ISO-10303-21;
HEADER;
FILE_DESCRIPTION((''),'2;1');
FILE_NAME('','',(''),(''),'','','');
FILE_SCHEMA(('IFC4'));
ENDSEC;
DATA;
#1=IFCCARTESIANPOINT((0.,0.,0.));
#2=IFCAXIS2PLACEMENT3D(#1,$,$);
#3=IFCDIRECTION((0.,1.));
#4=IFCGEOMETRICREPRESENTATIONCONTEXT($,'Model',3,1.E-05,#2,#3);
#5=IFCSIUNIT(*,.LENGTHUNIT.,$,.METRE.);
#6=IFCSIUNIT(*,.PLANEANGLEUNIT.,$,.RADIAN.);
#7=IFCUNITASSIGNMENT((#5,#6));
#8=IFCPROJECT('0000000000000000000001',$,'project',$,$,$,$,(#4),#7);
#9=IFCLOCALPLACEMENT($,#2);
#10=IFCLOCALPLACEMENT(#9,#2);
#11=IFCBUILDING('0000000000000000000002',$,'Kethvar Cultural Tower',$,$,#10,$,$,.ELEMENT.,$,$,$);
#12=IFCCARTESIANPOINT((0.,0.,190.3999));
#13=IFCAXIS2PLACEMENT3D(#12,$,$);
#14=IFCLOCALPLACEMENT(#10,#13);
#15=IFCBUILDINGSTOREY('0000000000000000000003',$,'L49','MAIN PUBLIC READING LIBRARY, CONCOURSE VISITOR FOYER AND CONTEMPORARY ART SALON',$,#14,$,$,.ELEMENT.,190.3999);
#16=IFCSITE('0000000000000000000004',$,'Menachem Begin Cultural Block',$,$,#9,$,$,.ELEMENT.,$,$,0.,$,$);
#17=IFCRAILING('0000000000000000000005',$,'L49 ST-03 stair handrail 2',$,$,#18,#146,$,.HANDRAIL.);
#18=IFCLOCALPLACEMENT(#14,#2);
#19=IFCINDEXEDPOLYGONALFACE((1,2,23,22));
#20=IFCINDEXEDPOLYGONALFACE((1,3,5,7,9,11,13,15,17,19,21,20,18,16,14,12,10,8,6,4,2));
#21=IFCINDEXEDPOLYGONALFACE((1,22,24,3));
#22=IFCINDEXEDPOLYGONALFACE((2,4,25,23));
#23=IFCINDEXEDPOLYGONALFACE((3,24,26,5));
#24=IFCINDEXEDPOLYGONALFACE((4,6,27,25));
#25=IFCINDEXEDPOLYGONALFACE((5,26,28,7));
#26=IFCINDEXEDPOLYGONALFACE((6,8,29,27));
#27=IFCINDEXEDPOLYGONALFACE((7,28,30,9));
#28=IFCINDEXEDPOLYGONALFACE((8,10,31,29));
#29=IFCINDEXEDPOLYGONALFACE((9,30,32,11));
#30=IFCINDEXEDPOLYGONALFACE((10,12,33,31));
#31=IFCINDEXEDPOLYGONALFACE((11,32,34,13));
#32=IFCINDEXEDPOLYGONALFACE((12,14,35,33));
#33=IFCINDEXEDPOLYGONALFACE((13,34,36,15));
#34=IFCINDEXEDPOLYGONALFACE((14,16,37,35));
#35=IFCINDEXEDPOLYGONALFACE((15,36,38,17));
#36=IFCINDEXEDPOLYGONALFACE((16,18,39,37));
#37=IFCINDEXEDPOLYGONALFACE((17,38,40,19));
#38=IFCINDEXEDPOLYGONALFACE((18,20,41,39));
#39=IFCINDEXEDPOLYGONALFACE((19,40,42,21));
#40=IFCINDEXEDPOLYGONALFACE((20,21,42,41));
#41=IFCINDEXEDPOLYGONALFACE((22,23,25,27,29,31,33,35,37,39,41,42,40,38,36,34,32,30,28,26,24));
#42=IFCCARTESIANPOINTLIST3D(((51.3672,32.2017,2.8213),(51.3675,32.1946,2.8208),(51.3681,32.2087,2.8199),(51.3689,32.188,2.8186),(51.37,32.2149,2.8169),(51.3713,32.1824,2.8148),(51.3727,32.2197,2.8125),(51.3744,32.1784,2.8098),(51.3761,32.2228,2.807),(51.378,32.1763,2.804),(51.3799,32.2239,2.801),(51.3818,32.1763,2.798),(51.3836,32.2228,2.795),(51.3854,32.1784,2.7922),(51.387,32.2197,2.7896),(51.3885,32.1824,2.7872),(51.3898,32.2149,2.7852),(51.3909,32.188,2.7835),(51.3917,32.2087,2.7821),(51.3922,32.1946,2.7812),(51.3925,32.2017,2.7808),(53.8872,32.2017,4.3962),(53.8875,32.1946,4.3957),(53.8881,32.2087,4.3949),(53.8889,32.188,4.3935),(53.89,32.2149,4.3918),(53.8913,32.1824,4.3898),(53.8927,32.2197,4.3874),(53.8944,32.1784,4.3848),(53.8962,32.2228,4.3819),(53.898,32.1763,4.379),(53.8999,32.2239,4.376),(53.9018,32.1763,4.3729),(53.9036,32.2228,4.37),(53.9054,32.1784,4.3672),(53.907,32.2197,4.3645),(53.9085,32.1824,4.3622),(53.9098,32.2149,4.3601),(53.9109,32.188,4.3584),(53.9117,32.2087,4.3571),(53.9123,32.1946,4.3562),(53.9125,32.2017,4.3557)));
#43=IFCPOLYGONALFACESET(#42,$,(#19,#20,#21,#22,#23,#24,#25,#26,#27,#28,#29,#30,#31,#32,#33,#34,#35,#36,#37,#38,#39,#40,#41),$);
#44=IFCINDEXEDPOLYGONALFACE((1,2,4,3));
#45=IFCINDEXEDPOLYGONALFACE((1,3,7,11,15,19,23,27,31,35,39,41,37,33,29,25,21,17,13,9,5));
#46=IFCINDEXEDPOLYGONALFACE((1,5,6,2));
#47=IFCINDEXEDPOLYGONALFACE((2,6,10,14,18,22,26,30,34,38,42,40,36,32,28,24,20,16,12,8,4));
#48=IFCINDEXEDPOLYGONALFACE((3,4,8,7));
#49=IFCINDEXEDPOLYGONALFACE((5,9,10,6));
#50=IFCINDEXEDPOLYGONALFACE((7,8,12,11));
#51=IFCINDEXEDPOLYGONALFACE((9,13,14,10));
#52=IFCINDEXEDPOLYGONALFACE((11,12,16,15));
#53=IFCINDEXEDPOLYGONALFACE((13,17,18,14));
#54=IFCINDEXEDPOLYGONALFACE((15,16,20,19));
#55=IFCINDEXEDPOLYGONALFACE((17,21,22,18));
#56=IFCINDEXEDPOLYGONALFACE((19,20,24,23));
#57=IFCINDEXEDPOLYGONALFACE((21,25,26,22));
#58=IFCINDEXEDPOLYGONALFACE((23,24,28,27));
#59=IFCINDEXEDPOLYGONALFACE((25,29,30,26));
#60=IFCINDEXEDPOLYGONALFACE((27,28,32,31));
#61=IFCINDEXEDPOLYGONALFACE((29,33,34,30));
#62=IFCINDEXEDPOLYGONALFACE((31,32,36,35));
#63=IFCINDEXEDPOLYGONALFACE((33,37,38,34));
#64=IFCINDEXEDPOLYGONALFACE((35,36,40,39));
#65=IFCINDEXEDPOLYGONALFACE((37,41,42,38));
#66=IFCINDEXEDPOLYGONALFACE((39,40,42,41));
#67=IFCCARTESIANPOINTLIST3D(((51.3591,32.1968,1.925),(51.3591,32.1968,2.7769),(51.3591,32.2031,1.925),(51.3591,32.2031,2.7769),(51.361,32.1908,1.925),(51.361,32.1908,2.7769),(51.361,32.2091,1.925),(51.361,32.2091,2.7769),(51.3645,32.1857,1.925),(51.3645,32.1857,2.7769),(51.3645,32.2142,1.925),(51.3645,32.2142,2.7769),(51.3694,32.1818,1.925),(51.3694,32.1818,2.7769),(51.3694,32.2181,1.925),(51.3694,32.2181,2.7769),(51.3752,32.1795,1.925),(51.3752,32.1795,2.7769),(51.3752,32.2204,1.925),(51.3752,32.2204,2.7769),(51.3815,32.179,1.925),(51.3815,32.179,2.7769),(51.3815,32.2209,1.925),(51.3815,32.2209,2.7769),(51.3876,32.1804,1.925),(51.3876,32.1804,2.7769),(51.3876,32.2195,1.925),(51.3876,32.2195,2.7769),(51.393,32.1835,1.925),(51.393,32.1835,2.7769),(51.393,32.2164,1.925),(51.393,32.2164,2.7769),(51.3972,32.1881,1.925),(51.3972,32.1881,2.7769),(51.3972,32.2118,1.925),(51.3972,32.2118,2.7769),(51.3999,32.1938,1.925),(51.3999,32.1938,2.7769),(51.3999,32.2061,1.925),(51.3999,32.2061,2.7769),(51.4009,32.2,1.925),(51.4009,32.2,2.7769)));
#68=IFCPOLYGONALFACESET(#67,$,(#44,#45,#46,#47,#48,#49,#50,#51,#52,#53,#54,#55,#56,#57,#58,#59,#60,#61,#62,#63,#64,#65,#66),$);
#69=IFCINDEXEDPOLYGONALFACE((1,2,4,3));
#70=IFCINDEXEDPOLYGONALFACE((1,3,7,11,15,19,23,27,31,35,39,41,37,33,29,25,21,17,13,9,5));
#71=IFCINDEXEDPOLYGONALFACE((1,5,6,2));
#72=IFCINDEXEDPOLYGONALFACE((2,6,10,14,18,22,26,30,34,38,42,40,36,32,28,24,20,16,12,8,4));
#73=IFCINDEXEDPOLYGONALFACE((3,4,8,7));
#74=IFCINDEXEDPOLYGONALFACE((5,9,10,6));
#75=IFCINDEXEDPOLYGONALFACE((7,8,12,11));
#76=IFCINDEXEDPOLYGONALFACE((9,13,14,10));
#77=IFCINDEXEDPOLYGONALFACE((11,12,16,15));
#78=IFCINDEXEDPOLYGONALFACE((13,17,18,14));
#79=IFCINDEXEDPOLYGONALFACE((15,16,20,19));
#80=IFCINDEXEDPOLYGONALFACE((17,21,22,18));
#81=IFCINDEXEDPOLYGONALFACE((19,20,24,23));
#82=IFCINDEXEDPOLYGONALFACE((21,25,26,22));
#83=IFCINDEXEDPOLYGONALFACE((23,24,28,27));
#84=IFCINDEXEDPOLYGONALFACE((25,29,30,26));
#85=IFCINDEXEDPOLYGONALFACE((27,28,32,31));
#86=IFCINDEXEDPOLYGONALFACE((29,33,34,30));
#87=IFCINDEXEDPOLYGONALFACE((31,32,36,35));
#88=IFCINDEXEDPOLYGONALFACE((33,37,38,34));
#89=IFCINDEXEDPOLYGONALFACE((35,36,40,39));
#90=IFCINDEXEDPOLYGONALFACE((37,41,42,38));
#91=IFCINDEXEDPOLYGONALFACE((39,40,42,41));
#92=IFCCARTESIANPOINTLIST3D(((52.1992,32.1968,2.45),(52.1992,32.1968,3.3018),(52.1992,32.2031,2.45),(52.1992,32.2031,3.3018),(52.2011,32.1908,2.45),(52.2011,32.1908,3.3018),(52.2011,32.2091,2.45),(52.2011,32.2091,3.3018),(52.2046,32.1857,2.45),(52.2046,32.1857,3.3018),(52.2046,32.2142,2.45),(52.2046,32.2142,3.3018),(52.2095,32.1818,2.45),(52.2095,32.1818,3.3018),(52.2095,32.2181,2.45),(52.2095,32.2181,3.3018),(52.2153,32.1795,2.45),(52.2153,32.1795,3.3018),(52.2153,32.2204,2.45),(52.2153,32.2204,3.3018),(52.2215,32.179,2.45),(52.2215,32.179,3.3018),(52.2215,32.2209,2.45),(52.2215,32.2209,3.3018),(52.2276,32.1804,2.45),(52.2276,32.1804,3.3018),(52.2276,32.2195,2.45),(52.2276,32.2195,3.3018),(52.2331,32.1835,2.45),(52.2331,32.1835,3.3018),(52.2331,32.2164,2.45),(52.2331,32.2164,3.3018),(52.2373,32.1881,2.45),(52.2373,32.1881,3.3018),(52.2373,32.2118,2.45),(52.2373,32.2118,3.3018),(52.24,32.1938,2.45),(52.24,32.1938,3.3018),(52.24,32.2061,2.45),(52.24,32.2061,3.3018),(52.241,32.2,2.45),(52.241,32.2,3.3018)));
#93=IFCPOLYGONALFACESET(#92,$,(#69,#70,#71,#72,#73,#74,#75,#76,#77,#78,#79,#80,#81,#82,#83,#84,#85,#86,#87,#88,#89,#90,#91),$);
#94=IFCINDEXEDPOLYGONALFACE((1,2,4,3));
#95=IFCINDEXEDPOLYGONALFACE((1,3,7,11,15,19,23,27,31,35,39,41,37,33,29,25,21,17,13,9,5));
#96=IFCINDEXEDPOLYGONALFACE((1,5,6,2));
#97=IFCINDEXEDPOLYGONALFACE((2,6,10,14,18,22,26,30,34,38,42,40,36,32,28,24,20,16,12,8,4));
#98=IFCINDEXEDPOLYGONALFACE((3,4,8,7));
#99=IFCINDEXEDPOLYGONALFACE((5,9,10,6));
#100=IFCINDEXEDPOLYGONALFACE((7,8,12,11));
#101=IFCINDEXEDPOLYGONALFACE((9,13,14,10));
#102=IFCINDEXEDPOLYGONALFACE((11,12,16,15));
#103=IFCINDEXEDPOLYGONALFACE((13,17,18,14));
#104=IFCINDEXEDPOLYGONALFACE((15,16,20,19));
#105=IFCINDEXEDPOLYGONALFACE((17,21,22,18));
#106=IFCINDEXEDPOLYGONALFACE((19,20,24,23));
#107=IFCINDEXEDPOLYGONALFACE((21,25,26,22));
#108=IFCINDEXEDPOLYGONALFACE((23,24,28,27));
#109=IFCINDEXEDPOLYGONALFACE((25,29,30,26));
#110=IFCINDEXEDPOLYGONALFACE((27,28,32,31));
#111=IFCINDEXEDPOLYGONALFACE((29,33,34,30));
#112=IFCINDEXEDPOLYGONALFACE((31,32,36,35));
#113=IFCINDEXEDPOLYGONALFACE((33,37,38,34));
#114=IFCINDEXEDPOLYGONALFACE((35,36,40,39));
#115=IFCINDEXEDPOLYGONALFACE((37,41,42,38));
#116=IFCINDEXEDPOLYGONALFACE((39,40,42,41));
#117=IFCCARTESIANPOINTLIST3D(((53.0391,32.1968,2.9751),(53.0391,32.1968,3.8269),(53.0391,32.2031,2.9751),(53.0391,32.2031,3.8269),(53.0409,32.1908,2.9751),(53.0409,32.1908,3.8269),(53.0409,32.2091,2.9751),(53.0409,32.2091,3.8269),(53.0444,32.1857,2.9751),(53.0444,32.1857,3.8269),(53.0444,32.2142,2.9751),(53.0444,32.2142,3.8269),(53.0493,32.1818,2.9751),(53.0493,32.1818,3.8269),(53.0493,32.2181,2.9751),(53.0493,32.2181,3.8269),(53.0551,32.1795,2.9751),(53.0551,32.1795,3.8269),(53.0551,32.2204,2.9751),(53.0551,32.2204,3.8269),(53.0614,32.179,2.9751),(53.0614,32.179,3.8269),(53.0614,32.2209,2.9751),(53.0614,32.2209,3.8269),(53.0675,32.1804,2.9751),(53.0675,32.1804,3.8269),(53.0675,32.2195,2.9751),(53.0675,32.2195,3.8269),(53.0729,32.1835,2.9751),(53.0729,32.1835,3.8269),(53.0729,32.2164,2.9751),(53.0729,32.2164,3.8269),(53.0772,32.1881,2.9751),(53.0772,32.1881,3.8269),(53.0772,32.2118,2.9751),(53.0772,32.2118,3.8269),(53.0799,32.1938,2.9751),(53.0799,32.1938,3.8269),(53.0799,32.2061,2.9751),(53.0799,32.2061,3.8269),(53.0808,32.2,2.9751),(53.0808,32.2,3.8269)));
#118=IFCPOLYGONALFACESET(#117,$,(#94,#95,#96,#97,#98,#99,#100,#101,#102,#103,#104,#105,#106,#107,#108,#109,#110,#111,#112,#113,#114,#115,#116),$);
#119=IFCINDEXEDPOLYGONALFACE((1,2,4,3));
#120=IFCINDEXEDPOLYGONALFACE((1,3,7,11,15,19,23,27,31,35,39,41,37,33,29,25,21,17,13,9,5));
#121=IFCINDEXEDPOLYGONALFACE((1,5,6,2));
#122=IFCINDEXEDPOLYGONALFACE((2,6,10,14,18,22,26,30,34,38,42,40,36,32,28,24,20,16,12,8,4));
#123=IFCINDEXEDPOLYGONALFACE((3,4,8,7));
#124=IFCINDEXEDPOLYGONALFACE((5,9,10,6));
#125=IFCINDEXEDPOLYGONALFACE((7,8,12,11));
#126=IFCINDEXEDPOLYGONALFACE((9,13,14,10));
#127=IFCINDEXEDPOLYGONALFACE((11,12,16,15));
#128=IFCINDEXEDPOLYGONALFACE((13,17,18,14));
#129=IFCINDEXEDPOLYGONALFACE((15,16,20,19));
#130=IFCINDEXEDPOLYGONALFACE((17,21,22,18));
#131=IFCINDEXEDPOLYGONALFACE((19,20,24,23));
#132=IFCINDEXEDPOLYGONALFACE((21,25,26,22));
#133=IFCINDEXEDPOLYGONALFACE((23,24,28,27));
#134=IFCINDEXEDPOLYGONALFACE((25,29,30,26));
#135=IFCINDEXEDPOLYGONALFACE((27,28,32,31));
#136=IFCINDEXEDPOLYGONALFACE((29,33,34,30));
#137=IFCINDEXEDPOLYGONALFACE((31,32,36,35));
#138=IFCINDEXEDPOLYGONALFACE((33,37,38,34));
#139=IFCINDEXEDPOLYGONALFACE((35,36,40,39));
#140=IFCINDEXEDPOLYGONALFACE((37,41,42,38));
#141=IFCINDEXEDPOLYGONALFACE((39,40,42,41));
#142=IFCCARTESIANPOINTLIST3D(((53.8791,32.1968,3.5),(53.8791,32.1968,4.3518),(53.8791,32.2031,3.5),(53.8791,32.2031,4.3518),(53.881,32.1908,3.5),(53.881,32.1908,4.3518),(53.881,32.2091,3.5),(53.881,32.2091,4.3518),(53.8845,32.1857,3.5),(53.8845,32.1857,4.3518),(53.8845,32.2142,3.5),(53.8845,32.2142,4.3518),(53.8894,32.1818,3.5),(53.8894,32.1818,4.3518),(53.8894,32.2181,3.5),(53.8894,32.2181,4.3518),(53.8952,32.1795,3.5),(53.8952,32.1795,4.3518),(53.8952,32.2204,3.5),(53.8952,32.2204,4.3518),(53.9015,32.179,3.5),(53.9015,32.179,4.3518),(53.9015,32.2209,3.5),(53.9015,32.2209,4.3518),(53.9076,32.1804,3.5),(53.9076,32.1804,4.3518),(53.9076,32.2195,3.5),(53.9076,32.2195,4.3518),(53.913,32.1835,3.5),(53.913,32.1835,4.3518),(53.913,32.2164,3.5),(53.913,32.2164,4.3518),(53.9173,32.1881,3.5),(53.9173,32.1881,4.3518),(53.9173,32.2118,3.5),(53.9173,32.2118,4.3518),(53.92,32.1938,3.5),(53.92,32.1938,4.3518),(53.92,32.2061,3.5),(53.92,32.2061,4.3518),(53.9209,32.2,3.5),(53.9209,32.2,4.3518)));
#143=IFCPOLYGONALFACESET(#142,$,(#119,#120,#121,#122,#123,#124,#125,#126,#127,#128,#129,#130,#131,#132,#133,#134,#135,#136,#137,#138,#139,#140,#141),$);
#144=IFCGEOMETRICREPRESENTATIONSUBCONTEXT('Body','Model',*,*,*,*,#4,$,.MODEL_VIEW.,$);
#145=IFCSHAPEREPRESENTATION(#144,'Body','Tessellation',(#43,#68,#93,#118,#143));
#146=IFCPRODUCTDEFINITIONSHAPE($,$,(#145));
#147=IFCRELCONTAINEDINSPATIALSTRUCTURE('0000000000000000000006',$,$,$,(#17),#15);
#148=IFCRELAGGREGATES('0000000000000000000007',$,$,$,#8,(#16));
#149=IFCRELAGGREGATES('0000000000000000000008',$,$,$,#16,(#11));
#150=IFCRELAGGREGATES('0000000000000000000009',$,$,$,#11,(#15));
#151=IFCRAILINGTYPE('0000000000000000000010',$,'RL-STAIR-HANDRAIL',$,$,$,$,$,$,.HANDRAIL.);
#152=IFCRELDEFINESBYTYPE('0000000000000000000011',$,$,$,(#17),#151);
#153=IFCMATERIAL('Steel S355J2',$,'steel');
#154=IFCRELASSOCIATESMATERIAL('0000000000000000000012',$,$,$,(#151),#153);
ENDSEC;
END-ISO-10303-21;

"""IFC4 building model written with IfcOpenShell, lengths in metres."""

from ifc_helpers import new_model, si_unit, direction, frame, origin, origin_2d, place, context, subcontext, project, spatial, circle, extrude, material, type_object, element, save


model = new_model("IFC4")

# Units and contexts
model_context = context("Model", 3, precision=1e-05, world=origin(), true_north=direction((0.0, 1.0)))
body_context = subcontext(model_context, "Body", "Model", "MODEL_VIEW")
ifc_project = project(units=[si_unit("LENGTHUNIT", "METRE"), si_unit("PLANEANGLEUNIT", "RADIAN")], contexts=[model_context])

# Site, building, storey
site_placement = place(None, origin())
site = spatial("IfcSite", under=ifc_project, at=site_placement, Name="Menachem Begin Cultural Block", CompositionType="ELEMENT", RefElevation=0.0)
building_placement = place(site_placement, origin())
building = spatial("IfcBuilding", under=site, at=building_placement, Name="Kethvar Cultural Tower", CompositionType="ELEMENT")
storey_placement = place(building_placement, frame((0.0, 0.0, 190.3999)))
storey = spatial("IfcBuildingStorey", under=building, at=storey_placement, Name="L49", Description="MAIN PUBLIC READING LIBRARY, CONCOURSE VISITOR FOYER AND CONTEMPORARY ART SALON", CompositionType="ELEMENT", Elevation=190.3999)

# Shared definitions
ifc_material_1 = material(Name="Steel S355J2", Category="steel")

# Railing
railing_type_1 = type_object("IfcRailingType", Name="RL-STAIR-HANDRAIL", PredefinedType="HANDRAIL", material=ifc_material_1)
railing_1_placement = place(storey_placement, frame((51.3799, 32.2, 1.925)))
element("IfcRailing", 1, at=railing_1_placement, inside=storey, type_object=railing_type_1, Name="L49 ST-03 stair handrail 2", PredefinedType="HANDRAIL", context=body_context, shape_type="SweptSolid", body=[
    extrude(circle(Radius=0.0239, at=origin_2d()), frame((0.0, 0.0, 0.876), z_axis=(0.848008, 0.0, 0.529984), x_axis=(0.0, 1.0, 0.0)), (0.0, 0.0, 1.0), 2.9717),
    extrude(circle(Radius=0.021, at=origin_2d()), origin(), (0.0, 0.0, 1.0), 0.8518),
    extrude(circle(Radius=0.021, at=origin_2d()), frame((0.8401, 0.0, 0.5249)), (0.0, 0.0, 1.0), 0.8518),
    extrude(circle(Radius=0.021, at=origin_2d()), frame((1.6799, 0.0, 1.05)), (0.0, 0.0, 1.0), 0.8518),
    extrude(circle(Radius=0.021, at=origin_2d()), frame((2.52, 0.0, 1.575)), (0.0, 0.0, 1.0), 0.8518),
])

save(model, "model.ifc")
